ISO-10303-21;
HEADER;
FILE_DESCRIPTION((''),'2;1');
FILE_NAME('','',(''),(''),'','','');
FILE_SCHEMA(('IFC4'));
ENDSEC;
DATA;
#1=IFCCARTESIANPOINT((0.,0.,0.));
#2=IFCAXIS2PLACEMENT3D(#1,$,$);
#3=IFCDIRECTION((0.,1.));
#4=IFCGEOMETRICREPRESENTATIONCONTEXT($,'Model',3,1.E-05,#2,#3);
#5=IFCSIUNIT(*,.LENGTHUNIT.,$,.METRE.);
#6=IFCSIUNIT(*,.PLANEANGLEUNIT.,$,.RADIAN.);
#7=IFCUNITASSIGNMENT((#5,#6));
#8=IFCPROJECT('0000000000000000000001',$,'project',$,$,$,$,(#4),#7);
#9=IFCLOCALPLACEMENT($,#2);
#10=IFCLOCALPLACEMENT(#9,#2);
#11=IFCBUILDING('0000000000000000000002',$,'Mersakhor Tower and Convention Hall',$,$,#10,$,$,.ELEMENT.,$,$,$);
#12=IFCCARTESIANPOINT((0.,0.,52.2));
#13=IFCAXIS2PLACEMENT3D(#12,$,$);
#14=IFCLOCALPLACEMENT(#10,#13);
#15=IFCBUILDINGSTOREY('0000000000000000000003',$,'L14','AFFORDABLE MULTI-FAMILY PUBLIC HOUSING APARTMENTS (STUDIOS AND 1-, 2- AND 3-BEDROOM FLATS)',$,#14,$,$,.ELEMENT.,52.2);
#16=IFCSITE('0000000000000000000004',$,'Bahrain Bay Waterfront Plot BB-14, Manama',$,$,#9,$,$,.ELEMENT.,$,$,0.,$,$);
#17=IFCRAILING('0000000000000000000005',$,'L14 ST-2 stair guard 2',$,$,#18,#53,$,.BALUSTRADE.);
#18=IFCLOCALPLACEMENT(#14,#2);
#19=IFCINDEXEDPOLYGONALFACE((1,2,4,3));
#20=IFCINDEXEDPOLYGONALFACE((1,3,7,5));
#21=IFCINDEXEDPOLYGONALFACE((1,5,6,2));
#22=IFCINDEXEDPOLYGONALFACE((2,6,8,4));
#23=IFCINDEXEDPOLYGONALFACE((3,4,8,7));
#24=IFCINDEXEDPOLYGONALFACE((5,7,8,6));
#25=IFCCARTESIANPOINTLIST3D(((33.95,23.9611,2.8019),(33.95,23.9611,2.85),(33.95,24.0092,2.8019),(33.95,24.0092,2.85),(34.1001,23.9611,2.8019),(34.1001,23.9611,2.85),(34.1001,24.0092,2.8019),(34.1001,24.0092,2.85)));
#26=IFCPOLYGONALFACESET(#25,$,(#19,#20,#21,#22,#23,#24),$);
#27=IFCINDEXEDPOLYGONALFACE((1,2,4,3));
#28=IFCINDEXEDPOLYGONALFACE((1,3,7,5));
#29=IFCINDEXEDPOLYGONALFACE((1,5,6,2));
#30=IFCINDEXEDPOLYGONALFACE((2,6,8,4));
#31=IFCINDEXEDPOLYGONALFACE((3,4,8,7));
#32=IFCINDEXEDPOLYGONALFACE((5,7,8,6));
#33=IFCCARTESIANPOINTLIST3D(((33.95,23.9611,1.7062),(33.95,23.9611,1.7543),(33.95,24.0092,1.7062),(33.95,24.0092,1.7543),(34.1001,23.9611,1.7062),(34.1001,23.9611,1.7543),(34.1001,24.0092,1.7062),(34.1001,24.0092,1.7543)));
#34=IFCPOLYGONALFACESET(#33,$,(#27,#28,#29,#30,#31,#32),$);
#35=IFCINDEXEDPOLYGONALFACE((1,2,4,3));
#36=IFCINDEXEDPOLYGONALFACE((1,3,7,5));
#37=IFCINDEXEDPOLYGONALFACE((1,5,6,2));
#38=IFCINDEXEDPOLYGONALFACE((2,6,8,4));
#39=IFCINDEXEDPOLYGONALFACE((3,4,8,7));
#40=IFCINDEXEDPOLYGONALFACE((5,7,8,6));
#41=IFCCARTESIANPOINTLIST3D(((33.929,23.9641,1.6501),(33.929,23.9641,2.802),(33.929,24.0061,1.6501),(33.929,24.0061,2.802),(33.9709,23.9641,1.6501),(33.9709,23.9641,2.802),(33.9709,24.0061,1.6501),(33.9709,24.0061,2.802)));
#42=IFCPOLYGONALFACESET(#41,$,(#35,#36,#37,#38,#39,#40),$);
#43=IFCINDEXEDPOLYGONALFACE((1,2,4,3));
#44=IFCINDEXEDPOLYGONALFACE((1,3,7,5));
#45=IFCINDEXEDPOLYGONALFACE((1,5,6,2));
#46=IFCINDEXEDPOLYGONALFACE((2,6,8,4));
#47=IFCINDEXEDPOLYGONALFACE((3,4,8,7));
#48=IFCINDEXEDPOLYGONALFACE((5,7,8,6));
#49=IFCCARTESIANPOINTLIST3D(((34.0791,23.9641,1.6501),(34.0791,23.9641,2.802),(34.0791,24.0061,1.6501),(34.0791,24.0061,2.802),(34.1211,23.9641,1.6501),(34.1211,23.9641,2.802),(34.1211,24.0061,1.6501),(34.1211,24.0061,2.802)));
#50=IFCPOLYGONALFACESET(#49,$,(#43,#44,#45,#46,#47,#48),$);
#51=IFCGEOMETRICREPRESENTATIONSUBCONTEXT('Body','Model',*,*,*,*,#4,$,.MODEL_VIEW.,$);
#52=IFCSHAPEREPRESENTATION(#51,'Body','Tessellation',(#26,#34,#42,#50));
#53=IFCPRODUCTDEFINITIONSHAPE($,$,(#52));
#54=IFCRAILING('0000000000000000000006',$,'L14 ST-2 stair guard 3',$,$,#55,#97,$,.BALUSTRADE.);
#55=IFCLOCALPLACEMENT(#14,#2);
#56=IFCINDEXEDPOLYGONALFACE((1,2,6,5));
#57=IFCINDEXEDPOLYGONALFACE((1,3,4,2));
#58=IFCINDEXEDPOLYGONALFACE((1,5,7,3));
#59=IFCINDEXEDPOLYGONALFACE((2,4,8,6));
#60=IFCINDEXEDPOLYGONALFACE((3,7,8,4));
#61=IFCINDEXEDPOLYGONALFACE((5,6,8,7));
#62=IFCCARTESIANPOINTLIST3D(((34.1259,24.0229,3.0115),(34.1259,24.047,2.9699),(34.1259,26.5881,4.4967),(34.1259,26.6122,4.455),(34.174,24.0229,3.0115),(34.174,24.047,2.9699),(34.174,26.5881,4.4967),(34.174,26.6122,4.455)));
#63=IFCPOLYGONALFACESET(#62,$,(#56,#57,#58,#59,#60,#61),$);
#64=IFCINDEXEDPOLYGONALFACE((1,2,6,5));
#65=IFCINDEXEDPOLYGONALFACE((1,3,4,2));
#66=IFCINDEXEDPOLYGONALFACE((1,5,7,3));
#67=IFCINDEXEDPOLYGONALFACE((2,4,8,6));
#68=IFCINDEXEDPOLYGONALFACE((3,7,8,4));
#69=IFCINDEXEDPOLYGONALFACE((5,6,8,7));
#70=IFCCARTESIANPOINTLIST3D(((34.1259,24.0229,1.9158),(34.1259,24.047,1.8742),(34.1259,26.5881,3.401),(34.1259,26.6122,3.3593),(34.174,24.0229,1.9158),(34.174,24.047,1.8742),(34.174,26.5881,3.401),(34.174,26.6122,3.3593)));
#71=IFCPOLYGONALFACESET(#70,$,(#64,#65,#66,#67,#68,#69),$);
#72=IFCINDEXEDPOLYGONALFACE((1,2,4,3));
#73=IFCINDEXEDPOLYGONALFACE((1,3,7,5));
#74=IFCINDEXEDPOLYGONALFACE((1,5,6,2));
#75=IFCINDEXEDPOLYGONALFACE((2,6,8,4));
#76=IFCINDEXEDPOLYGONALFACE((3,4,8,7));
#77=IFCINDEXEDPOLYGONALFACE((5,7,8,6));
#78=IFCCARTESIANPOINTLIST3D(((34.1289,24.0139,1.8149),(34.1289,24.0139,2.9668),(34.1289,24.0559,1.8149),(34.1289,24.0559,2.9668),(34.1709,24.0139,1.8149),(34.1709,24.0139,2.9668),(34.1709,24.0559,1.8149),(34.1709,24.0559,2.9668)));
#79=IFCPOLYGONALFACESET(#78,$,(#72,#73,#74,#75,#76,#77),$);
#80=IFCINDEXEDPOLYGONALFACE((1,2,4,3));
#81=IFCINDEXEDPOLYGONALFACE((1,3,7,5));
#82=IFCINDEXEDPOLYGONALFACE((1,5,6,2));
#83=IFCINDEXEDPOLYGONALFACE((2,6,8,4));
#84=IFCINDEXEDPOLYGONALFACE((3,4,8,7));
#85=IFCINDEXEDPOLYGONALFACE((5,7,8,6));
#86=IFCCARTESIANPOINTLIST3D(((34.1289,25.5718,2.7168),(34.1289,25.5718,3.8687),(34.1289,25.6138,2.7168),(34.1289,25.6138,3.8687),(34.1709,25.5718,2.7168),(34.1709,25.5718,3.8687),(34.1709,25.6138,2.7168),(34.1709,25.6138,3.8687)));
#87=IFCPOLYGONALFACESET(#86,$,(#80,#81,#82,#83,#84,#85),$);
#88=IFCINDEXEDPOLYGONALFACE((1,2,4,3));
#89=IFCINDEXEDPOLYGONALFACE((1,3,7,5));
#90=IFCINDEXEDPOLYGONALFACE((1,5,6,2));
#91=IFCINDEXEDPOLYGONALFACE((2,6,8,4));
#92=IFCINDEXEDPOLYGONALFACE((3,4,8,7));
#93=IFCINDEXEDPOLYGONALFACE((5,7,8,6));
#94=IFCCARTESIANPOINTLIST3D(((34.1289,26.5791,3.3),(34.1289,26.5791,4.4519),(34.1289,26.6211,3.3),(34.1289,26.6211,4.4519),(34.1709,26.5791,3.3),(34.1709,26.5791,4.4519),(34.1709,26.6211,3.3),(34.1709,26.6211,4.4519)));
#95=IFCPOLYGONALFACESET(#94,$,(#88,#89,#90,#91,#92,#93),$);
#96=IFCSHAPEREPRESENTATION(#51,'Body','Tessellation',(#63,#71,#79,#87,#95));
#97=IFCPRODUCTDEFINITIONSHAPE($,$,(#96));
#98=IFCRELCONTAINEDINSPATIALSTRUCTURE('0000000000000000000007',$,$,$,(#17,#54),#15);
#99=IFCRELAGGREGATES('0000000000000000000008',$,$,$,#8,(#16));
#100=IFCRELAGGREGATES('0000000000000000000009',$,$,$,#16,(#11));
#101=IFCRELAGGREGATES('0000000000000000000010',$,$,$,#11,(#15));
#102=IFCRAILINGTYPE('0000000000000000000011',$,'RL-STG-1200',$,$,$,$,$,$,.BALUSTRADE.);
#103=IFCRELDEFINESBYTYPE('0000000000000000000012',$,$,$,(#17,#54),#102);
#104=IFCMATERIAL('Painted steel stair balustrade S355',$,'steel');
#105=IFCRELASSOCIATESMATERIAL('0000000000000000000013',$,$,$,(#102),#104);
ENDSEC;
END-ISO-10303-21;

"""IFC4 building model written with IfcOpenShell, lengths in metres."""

from ifc_helpers import new_model, si_unit, direction, frame, origin, origin_2d, place, context, subcontext, project, spatial, rectangle, extrude, material, type_object, element, save


model = new_model("IFC4")

# Units and contexts
model_context = context("Model", 3, precision=1e-05, world=origin(), true_north=direction((0.0, 1.0)))
body_context = subcontext(model_context, "Body", "Model", "MODEL_VIEW")
ifc_project = project(units=[si_unit("LENGTHUNIT", "METRE"), si_unit("PLANEANGLEUNIT", "RADIAN")], contexts=[model_context])

# Site, building, storey
site_placement = place(None, origin())
site = spatial("IfcSite", under=ifc_project, at=site_placement, Name="Bahrain Bay Waterfront Plot BB-14, Manama", CompositionType="ELEMENT", RefElevation=0.0)
building_placement = place(site_placement, origin())
building = spatial("IfcBuilding", under=site, at=building_placement, Name="Mersakhor Tower and Convention Hall", CompositionType="ELEMENT")
storey_placement = place(building_placement, frame((0.0, 0.0, 52.2)))
storey = spatial("IfcBuildingStorey", under=building, at=storey_placement, Name="L14", Description="AFFORDABLE MULTI-FAMILY PUBLIC HOUSING APARTMENTS (STUDIOS AND 1-, 2- AND 3-BEDROOM FLATS)", CompositionType="ELEMENT", Elevation=52.2)

# Railings
ifc_material_1 = material(Name="Painted steel stair balustrade S355", Category="steel")
railing_type_1 = type_object("IfcRailingType", Name="RL-STG-1200", PredefinedType="BALUSTRADE", material=ifc_material_1)
railing_1_placement = place(storey_placement, frame((33.95, 23.9851, 1.6501)))
element("IfcRailing", 1, at=railing_1_placement, inside=storey, type_object=railing_type_1, Name="L14 ST-2 stair guard 2", PredefinedType="BALUSTRADE", context=body_context, shape_type="SweptSolid", body=[
    extrude(rectangle(XDim=0.0481, YDim=0.0481, at=origin_2d()), frame((0.0, 0.0, 1.1758), z_axis=(1.0, 0.0, 0.0), x_axis=(0.0, 1.0, 0.0)), (0.0, 0.0, 1.0), 0.1501),
    extrude(rectangle(XDim=0.0481, YDim=0.0481, at=origin_2d()), frame((0.0, 0.0, 0.0801), z_axis=(1.0, 0.0, 0.0), x_axis=(0.0, 1.0, 0.0)), (0.0, 0.0, 1.0), 0.1501),
    extrude(rectangle(XDim=0.042, YDim=0.042, at=origin_2d()), origin(), (0.0, 0.0, 1.0), 1.1519),
    extrude(rectangle(XDim=0.042, YDim=0.042, at=origin_2d()), frame((0.1501, 0.0, 0.0)), (0.0, 0.0, 1.0), 1.1519),
])
railing_2_placement = place(storey_placement, frame((34.1499, 24.0349, 1.8149)))
element("IfcRailing", 2, at=railing_2_placement, inside=storey, type_object=railing_type_1, Name="L14 ST-2 stair guard 3", PredefinedType="BALUSTRADE", context=body_context, shape_type="SweptSolid", body=[
    extrude(rectangle(XDim=0.0481, YDim=0.0481, at=origin_2d()), frame((0.0, 0.0, 1.1758), z_axis=(0.0, 0.865426, 0.501036), x_axis=(-1.0, 0.0, 0.0)), (0.0, 0.0, 1.0), 2.9641),
    extrude(rectangle(XDim=0.0481, YDim=0.0481, at=origin_2d()), frame((0.0, 0.0, 0.0801), z_axis=(0.0, 0.865426, 0.501036), x_axis=(-1.0, 0.0, 0.0)), (0.0, 0.0, 1.0), 2.9641),
    extrude(rectangle(XDim=0.042, YDim=0.042, at=origin_2d()), origin(), (0.0, 0.0, 1.0), 1.1519),
    extrude(rectangle(XDim=0.042, YDim=0.042, at=origin_2d()), frame((0.0, 1.5579, 0.9019)), (0.0, 0.0, 1.0), 1.1519),
    extrude(rectangle(XDim=0.042, YDim=0.042, at=origin_2d()), frame((0.0, 2.5652, 1.4851)), (0.0, 0.0, 1.0), 1.1519),
])

save(model, "model.ifc")
